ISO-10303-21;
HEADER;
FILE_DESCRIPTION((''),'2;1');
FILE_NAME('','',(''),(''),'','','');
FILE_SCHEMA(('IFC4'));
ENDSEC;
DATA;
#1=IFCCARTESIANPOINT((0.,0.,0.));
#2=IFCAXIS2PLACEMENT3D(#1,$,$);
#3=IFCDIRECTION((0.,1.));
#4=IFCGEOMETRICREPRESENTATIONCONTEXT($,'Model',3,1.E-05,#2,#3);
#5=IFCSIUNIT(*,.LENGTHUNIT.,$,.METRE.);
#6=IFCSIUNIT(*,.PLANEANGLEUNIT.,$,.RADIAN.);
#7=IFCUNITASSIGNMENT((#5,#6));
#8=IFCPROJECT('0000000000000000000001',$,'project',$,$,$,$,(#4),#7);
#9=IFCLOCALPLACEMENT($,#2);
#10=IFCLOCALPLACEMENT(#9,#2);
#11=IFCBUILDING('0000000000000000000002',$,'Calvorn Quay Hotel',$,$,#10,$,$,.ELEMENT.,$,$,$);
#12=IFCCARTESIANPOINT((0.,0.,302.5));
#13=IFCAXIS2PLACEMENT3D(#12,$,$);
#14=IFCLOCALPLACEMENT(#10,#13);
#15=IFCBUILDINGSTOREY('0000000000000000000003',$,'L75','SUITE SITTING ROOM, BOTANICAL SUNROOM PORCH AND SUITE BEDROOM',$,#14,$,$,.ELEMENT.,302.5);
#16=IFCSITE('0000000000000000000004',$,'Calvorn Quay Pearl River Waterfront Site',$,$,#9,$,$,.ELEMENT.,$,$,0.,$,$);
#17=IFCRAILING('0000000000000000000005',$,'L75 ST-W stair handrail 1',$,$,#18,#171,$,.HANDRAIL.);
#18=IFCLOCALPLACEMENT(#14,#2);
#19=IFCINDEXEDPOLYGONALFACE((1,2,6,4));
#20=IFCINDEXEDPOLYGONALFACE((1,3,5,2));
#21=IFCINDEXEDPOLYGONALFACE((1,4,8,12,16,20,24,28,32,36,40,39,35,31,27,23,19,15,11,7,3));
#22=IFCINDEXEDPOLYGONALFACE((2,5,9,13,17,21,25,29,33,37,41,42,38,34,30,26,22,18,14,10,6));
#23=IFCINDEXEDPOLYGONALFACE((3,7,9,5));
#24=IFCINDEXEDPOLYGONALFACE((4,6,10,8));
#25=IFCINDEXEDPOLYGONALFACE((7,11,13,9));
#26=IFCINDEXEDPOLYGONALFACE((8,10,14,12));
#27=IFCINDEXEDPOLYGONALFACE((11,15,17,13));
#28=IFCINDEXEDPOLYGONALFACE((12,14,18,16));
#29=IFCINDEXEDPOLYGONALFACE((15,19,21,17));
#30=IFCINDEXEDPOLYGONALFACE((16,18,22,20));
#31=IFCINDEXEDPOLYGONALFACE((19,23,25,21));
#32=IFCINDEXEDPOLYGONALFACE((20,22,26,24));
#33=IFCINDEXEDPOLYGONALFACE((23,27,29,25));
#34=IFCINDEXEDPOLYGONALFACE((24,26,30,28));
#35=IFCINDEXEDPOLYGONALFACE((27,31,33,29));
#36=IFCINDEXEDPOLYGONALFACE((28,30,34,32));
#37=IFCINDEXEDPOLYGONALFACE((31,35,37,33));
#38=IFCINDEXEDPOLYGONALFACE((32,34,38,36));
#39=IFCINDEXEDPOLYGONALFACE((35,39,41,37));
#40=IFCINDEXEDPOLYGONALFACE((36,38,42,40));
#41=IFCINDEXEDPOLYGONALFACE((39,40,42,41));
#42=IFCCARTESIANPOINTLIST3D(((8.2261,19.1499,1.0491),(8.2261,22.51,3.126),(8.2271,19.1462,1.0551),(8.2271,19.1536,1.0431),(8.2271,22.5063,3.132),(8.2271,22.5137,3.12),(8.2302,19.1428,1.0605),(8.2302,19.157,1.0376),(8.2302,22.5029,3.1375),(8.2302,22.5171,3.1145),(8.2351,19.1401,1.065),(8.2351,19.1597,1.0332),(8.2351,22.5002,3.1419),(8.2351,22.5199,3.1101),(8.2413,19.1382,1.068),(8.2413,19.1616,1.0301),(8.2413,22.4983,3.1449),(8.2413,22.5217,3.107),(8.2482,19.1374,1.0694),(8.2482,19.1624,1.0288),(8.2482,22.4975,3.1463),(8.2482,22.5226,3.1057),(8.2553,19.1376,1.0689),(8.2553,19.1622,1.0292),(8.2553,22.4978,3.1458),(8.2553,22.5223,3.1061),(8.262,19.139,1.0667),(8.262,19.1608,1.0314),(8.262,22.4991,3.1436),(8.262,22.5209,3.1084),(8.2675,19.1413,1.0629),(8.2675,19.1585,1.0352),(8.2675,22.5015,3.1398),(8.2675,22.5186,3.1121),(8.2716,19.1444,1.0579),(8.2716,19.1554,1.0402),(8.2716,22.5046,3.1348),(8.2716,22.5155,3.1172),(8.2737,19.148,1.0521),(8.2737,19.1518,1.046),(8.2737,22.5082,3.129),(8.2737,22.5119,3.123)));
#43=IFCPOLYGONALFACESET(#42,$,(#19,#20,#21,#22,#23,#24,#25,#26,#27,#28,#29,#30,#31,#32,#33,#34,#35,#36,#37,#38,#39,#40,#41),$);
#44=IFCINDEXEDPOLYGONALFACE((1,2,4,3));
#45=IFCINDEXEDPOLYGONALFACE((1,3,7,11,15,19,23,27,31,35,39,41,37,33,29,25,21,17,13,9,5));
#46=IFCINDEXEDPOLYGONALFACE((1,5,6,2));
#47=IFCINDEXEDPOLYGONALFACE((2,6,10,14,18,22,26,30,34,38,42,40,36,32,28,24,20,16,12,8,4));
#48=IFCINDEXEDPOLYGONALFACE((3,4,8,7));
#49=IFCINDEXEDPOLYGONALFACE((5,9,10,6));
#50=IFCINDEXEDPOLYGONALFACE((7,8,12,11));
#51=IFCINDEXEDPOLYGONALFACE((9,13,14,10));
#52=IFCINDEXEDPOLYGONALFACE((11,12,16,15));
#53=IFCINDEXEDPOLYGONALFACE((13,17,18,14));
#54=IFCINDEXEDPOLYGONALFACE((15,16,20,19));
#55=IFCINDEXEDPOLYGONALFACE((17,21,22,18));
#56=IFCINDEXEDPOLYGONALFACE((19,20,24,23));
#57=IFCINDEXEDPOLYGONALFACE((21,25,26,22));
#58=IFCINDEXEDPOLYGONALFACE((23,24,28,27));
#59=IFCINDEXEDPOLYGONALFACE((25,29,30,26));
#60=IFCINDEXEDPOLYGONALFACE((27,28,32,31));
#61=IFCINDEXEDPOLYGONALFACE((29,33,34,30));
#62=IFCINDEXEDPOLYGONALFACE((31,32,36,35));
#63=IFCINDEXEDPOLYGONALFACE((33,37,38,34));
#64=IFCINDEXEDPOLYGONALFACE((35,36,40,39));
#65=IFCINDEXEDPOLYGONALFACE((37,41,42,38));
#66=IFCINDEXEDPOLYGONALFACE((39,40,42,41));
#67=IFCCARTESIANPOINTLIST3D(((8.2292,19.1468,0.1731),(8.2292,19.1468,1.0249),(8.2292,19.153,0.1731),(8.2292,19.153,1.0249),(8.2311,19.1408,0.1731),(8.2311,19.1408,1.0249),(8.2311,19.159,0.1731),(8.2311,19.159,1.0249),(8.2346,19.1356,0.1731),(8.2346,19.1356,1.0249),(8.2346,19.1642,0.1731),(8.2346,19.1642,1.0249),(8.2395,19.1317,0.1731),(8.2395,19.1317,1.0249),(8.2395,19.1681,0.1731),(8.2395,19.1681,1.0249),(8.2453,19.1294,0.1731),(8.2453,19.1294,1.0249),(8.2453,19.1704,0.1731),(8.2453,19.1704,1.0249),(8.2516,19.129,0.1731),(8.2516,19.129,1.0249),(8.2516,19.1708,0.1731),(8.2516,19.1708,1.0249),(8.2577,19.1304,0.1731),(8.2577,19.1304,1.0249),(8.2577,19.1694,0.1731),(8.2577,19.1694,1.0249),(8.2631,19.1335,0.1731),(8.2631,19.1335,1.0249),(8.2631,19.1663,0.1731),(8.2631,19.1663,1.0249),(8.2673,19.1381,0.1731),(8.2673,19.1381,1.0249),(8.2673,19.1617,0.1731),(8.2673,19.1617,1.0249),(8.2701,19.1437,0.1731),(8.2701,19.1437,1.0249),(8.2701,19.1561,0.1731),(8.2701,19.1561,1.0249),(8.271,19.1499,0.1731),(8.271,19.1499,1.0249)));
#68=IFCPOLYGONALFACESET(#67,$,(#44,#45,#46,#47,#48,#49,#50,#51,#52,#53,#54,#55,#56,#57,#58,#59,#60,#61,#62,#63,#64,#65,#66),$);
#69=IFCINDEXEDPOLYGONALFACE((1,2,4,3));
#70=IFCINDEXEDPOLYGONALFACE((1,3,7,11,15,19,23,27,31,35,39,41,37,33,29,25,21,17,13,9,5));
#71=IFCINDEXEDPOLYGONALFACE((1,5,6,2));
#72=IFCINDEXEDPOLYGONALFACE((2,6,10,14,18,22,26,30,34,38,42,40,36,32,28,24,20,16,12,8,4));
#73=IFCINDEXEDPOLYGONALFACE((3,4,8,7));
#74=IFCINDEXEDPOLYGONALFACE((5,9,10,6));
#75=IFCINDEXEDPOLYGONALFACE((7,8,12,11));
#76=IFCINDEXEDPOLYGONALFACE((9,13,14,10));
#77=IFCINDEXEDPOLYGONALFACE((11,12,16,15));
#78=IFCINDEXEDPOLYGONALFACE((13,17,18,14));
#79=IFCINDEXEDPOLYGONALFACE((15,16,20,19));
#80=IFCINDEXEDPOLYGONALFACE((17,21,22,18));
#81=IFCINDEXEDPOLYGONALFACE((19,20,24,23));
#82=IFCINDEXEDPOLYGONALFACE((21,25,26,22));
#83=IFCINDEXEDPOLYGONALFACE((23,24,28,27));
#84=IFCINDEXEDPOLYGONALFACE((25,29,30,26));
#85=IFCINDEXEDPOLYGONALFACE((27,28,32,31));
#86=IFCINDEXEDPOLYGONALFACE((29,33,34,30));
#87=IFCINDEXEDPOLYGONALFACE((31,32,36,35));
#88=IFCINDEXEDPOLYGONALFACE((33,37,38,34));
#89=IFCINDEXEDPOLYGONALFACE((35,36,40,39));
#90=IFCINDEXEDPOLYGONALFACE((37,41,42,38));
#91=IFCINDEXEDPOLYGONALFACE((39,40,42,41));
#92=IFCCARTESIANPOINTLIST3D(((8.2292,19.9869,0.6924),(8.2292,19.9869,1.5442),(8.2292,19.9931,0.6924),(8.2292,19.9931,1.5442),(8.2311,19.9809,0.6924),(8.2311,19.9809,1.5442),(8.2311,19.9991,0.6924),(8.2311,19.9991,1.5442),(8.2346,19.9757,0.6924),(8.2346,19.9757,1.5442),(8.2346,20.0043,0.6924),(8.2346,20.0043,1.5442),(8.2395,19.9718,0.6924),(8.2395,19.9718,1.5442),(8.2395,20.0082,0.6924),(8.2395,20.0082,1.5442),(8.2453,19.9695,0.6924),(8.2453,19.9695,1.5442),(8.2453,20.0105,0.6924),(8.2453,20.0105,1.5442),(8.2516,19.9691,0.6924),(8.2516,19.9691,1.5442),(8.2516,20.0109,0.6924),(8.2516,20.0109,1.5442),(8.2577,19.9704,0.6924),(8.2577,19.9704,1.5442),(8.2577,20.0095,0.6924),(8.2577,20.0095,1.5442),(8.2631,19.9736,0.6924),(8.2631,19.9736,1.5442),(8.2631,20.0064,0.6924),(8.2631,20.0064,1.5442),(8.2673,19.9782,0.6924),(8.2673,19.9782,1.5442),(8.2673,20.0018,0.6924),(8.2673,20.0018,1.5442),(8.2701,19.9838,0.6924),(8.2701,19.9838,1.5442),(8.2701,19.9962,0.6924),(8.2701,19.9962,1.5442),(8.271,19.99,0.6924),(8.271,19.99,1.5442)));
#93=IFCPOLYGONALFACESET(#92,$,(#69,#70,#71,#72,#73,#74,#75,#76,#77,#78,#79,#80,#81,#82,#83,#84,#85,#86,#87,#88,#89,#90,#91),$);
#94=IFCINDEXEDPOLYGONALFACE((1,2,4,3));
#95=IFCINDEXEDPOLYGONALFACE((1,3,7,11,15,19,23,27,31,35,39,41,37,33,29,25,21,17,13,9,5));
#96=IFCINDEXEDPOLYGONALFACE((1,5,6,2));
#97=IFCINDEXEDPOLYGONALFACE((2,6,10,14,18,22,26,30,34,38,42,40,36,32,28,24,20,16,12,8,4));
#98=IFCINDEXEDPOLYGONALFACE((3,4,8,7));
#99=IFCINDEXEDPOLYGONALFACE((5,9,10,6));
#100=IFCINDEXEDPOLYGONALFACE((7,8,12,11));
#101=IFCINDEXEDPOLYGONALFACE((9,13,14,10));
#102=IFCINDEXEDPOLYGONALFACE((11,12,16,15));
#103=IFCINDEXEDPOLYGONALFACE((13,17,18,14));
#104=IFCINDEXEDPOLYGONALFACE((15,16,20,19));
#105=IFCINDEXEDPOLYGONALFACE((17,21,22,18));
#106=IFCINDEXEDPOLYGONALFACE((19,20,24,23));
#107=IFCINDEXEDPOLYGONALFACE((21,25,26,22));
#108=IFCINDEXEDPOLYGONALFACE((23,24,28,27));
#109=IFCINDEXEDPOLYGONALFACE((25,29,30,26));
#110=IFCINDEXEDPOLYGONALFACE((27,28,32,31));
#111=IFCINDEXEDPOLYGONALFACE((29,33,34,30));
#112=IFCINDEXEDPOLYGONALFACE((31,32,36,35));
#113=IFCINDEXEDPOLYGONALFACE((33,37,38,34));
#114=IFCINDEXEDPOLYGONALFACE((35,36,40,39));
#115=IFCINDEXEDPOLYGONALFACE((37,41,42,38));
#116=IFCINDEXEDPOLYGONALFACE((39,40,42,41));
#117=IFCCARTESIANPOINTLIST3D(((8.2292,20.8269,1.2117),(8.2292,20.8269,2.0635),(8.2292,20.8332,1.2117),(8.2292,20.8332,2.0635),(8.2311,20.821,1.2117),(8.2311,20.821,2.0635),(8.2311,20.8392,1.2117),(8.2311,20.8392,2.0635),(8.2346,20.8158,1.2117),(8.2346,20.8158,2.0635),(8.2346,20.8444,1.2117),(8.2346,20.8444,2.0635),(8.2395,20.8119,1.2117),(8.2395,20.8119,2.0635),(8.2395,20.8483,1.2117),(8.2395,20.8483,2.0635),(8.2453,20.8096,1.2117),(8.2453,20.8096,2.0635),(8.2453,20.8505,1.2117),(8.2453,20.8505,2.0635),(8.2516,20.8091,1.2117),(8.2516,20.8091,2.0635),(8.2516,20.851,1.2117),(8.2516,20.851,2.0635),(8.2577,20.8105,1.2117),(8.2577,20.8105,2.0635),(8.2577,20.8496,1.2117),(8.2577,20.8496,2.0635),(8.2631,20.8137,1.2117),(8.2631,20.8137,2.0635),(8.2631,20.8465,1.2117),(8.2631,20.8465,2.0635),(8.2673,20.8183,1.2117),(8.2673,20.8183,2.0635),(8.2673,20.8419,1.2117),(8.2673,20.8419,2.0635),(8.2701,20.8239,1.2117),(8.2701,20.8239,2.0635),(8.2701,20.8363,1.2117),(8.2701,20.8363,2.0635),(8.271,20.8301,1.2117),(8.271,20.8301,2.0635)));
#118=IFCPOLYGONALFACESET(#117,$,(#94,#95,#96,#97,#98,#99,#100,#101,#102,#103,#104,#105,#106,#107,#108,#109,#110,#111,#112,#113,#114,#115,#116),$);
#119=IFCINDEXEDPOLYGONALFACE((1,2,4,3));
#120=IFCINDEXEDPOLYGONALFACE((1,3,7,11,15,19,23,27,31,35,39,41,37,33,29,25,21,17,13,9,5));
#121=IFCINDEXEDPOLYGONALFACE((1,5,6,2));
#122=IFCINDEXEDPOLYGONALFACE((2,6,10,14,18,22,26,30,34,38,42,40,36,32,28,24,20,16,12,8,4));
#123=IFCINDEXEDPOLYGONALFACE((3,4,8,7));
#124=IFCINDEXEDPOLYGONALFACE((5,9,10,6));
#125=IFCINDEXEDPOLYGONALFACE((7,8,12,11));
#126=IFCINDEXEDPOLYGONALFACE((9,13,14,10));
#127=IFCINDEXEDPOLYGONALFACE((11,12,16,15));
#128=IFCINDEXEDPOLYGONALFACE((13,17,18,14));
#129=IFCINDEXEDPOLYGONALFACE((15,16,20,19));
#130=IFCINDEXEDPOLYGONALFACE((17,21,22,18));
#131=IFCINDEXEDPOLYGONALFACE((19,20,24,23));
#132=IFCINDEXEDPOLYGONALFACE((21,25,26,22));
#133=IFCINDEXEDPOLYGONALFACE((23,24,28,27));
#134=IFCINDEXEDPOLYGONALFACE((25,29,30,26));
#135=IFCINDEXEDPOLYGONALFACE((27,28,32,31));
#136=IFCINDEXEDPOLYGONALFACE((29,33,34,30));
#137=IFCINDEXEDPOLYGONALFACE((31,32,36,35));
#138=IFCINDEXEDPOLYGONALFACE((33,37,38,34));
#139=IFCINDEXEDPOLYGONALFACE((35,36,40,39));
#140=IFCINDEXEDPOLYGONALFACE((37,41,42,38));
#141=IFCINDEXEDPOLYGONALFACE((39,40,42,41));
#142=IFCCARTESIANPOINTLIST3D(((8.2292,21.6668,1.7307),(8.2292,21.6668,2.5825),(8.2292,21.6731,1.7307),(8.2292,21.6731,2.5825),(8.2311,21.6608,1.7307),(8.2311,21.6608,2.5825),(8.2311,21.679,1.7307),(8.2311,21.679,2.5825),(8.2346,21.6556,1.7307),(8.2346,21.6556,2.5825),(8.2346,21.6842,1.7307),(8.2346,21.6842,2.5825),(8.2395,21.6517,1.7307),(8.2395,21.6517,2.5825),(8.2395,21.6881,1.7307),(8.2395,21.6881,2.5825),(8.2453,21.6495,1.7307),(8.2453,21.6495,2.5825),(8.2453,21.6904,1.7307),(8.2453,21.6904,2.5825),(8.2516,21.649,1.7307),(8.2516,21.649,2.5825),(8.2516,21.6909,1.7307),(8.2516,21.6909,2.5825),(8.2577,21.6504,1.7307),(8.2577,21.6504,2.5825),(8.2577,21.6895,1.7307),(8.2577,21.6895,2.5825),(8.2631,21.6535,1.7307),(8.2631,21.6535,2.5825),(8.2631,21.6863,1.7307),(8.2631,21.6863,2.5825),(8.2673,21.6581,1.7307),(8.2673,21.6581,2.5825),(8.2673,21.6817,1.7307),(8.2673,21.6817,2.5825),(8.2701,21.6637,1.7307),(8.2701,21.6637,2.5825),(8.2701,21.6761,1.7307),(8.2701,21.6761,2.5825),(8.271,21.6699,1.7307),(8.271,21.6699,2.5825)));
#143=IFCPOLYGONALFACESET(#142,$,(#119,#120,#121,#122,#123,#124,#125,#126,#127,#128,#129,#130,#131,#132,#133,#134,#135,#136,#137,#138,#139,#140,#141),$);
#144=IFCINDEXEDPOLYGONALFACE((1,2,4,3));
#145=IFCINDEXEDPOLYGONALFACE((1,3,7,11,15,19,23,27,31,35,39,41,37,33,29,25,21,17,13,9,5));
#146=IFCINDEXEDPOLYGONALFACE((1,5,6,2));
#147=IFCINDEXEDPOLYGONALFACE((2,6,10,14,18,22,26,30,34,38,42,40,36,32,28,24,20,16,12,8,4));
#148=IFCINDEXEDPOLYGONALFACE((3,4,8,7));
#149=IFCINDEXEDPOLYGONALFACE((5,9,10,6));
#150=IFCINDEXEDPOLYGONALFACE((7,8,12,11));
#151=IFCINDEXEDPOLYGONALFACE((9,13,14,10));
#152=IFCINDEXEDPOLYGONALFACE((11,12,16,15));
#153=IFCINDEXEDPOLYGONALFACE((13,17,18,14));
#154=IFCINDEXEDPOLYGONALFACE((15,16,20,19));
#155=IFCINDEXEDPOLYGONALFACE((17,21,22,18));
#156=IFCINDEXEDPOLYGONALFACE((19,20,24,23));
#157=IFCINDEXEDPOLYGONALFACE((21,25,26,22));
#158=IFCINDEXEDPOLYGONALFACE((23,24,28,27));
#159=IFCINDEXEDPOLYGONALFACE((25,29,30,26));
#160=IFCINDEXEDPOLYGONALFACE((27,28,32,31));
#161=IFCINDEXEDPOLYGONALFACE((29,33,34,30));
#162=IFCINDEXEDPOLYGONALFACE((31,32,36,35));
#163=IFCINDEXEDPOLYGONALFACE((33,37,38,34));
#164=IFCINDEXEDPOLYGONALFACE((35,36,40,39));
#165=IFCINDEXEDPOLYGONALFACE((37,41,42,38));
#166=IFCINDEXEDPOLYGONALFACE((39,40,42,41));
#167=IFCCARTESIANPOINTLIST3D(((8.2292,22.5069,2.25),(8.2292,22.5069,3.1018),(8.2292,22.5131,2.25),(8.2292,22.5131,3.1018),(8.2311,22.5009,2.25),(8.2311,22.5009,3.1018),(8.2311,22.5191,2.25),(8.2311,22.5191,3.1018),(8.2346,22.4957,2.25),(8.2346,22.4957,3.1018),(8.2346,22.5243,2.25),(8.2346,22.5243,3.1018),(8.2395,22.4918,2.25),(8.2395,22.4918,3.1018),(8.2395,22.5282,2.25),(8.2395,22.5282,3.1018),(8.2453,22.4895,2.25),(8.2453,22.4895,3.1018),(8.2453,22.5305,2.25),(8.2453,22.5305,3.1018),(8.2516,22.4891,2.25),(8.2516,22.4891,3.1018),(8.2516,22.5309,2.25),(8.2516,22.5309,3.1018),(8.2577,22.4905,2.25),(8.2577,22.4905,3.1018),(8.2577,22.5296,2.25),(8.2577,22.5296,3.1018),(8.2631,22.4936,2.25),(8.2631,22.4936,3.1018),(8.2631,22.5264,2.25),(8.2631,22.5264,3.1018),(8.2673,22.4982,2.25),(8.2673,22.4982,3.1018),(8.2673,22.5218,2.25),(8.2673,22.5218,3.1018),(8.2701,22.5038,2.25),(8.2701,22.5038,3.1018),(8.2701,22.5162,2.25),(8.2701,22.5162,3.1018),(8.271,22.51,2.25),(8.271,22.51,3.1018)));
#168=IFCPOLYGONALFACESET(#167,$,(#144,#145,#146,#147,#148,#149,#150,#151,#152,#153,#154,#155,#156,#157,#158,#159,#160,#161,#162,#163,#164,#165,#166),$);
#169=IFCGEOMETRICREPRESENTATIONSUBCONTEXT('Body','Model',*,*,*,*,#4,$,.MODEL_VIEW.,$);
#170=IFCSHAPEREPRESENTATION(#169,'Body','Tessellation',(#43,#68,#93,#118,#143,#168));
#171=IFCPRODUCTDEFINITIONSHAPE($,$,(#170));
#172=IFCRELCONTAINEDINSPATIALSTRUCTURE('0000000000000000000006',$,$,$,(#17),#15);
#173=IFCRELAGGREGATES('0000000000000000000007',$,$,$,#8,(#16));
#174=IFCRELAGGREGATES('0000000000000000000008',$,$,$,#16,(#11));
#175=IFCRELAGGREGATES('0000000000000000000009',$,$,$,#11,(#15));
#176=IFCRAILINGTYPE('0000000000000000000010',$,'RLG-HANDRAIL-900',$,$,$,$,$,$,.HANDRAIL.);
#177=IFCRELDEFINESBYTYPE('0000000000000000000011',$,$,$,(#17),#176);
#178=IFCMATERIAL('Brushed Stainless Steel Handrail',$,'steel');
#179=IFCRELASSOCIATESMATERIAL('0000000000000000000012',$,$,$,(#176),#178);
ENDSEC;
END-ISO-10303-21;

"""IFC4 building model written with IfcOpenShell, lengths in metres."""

from ifc_helpers import new_model, si_unit, direction, frame, origin, origin_2d, place, context, subcontext, project, spatial, circle, extrude, material, type_object, element, save


model = new_model("IFC4")

# Units and contexts
model_context = context("Model", 3, precision=1e-05, world=origin(), true_north=direction((0.0, 1.0)))
body_context = subcontext(model_context, "Body", "Model", "MODEL_VIEW")
ifc_project = project(units=[si_unit("LENGTHUNIT", "METRE"), si_unit("PLANEANGLEUNIT", "RADIAN")], contexts=[model_context])

# Site, building, storey
site_placement = place(None, origin())
site = spatial("IfcSite", under=ifc_project, at=site_placement, Name="Calvorn Quay Pearl River Waterfront Site", CompositionType="ELEMENT", RefElevation=0.0)
building_placement = place(site_placement, origin())
building = spatial("IfcBuilding", under=site, at=building_placement, Name="Calvorn Quay Hotel", CompositionType="ELEMENT")
storey_placement = place(building_placement, frame((0.0, 0.0, 302.5)))
storey = spatial("IfcBuildingStorey", under=building, at=storey_placement, Name="L75", Description="SUITE SITTING ROOM, BOTANICAL SUNROOM PORCH AND SUITE BEDROOM", CompositionType="ELEMENT", Elevation=302.5)

# Railing
ifc_material_1 = material(Name="Brushed Stainless Steel Handrail", Category="steel")
railing_type_1 = type_object("IfcRailingType", Name="RLG-HANDRAIL-900", PredefinedType="HANDRAIL", material=ifc_material_1)
railing_1_placement = place(storey_placement, frame((8.25, 19.1499, 0.1731)))
element("IfcRailing", 1, at=railing_1_placement, inside=storey, type_object=railing_type_1, Name="L75 ST-W stair handrail 1", PredefinedType="HANDRAIL", context=body_context, shape_type="SweptSolid", body=[
    extrude(circle(Radius=0.0239, at=origin_2d()), frame((0.0, 0.0, 0.876), z_axis=(0.0, 0.850623, 0.525776), x_axis=(-1.0, 0.0, 0.0)), (0.0, 0.0, 1.0), 3.9502),
    extrude(circle(Radius=0.021, at=origin_2d()), origin(), (0.0, 0.0, 1.0), 0.8518),
    extrude(circle(Radius=0.021, at=origin_2d()), frame((0.0, 0.8401, 0.5193)), (0.0, 0.0, 1.0), 0.8518),
    extrude(circle(Radius=0.021, at=origin_2d()), frame((0.0, 1.6802, 1.0386)), (0.0, 0.0, 1.0), 0.8518),
    extrude(circle(Radius=0.021, at=origin_2d()), frame((0.0, 2.52, 1.5576)), (0.0, 0.0, 1.0), 0.8518),
    extrude(circle(Radius=0.021, at=origin_2d()), frame((0.0, 3.3601, 2.0769)), (0.0, 0.0, 1.0), 0.8518),
])

save(model, "model.ifc")
